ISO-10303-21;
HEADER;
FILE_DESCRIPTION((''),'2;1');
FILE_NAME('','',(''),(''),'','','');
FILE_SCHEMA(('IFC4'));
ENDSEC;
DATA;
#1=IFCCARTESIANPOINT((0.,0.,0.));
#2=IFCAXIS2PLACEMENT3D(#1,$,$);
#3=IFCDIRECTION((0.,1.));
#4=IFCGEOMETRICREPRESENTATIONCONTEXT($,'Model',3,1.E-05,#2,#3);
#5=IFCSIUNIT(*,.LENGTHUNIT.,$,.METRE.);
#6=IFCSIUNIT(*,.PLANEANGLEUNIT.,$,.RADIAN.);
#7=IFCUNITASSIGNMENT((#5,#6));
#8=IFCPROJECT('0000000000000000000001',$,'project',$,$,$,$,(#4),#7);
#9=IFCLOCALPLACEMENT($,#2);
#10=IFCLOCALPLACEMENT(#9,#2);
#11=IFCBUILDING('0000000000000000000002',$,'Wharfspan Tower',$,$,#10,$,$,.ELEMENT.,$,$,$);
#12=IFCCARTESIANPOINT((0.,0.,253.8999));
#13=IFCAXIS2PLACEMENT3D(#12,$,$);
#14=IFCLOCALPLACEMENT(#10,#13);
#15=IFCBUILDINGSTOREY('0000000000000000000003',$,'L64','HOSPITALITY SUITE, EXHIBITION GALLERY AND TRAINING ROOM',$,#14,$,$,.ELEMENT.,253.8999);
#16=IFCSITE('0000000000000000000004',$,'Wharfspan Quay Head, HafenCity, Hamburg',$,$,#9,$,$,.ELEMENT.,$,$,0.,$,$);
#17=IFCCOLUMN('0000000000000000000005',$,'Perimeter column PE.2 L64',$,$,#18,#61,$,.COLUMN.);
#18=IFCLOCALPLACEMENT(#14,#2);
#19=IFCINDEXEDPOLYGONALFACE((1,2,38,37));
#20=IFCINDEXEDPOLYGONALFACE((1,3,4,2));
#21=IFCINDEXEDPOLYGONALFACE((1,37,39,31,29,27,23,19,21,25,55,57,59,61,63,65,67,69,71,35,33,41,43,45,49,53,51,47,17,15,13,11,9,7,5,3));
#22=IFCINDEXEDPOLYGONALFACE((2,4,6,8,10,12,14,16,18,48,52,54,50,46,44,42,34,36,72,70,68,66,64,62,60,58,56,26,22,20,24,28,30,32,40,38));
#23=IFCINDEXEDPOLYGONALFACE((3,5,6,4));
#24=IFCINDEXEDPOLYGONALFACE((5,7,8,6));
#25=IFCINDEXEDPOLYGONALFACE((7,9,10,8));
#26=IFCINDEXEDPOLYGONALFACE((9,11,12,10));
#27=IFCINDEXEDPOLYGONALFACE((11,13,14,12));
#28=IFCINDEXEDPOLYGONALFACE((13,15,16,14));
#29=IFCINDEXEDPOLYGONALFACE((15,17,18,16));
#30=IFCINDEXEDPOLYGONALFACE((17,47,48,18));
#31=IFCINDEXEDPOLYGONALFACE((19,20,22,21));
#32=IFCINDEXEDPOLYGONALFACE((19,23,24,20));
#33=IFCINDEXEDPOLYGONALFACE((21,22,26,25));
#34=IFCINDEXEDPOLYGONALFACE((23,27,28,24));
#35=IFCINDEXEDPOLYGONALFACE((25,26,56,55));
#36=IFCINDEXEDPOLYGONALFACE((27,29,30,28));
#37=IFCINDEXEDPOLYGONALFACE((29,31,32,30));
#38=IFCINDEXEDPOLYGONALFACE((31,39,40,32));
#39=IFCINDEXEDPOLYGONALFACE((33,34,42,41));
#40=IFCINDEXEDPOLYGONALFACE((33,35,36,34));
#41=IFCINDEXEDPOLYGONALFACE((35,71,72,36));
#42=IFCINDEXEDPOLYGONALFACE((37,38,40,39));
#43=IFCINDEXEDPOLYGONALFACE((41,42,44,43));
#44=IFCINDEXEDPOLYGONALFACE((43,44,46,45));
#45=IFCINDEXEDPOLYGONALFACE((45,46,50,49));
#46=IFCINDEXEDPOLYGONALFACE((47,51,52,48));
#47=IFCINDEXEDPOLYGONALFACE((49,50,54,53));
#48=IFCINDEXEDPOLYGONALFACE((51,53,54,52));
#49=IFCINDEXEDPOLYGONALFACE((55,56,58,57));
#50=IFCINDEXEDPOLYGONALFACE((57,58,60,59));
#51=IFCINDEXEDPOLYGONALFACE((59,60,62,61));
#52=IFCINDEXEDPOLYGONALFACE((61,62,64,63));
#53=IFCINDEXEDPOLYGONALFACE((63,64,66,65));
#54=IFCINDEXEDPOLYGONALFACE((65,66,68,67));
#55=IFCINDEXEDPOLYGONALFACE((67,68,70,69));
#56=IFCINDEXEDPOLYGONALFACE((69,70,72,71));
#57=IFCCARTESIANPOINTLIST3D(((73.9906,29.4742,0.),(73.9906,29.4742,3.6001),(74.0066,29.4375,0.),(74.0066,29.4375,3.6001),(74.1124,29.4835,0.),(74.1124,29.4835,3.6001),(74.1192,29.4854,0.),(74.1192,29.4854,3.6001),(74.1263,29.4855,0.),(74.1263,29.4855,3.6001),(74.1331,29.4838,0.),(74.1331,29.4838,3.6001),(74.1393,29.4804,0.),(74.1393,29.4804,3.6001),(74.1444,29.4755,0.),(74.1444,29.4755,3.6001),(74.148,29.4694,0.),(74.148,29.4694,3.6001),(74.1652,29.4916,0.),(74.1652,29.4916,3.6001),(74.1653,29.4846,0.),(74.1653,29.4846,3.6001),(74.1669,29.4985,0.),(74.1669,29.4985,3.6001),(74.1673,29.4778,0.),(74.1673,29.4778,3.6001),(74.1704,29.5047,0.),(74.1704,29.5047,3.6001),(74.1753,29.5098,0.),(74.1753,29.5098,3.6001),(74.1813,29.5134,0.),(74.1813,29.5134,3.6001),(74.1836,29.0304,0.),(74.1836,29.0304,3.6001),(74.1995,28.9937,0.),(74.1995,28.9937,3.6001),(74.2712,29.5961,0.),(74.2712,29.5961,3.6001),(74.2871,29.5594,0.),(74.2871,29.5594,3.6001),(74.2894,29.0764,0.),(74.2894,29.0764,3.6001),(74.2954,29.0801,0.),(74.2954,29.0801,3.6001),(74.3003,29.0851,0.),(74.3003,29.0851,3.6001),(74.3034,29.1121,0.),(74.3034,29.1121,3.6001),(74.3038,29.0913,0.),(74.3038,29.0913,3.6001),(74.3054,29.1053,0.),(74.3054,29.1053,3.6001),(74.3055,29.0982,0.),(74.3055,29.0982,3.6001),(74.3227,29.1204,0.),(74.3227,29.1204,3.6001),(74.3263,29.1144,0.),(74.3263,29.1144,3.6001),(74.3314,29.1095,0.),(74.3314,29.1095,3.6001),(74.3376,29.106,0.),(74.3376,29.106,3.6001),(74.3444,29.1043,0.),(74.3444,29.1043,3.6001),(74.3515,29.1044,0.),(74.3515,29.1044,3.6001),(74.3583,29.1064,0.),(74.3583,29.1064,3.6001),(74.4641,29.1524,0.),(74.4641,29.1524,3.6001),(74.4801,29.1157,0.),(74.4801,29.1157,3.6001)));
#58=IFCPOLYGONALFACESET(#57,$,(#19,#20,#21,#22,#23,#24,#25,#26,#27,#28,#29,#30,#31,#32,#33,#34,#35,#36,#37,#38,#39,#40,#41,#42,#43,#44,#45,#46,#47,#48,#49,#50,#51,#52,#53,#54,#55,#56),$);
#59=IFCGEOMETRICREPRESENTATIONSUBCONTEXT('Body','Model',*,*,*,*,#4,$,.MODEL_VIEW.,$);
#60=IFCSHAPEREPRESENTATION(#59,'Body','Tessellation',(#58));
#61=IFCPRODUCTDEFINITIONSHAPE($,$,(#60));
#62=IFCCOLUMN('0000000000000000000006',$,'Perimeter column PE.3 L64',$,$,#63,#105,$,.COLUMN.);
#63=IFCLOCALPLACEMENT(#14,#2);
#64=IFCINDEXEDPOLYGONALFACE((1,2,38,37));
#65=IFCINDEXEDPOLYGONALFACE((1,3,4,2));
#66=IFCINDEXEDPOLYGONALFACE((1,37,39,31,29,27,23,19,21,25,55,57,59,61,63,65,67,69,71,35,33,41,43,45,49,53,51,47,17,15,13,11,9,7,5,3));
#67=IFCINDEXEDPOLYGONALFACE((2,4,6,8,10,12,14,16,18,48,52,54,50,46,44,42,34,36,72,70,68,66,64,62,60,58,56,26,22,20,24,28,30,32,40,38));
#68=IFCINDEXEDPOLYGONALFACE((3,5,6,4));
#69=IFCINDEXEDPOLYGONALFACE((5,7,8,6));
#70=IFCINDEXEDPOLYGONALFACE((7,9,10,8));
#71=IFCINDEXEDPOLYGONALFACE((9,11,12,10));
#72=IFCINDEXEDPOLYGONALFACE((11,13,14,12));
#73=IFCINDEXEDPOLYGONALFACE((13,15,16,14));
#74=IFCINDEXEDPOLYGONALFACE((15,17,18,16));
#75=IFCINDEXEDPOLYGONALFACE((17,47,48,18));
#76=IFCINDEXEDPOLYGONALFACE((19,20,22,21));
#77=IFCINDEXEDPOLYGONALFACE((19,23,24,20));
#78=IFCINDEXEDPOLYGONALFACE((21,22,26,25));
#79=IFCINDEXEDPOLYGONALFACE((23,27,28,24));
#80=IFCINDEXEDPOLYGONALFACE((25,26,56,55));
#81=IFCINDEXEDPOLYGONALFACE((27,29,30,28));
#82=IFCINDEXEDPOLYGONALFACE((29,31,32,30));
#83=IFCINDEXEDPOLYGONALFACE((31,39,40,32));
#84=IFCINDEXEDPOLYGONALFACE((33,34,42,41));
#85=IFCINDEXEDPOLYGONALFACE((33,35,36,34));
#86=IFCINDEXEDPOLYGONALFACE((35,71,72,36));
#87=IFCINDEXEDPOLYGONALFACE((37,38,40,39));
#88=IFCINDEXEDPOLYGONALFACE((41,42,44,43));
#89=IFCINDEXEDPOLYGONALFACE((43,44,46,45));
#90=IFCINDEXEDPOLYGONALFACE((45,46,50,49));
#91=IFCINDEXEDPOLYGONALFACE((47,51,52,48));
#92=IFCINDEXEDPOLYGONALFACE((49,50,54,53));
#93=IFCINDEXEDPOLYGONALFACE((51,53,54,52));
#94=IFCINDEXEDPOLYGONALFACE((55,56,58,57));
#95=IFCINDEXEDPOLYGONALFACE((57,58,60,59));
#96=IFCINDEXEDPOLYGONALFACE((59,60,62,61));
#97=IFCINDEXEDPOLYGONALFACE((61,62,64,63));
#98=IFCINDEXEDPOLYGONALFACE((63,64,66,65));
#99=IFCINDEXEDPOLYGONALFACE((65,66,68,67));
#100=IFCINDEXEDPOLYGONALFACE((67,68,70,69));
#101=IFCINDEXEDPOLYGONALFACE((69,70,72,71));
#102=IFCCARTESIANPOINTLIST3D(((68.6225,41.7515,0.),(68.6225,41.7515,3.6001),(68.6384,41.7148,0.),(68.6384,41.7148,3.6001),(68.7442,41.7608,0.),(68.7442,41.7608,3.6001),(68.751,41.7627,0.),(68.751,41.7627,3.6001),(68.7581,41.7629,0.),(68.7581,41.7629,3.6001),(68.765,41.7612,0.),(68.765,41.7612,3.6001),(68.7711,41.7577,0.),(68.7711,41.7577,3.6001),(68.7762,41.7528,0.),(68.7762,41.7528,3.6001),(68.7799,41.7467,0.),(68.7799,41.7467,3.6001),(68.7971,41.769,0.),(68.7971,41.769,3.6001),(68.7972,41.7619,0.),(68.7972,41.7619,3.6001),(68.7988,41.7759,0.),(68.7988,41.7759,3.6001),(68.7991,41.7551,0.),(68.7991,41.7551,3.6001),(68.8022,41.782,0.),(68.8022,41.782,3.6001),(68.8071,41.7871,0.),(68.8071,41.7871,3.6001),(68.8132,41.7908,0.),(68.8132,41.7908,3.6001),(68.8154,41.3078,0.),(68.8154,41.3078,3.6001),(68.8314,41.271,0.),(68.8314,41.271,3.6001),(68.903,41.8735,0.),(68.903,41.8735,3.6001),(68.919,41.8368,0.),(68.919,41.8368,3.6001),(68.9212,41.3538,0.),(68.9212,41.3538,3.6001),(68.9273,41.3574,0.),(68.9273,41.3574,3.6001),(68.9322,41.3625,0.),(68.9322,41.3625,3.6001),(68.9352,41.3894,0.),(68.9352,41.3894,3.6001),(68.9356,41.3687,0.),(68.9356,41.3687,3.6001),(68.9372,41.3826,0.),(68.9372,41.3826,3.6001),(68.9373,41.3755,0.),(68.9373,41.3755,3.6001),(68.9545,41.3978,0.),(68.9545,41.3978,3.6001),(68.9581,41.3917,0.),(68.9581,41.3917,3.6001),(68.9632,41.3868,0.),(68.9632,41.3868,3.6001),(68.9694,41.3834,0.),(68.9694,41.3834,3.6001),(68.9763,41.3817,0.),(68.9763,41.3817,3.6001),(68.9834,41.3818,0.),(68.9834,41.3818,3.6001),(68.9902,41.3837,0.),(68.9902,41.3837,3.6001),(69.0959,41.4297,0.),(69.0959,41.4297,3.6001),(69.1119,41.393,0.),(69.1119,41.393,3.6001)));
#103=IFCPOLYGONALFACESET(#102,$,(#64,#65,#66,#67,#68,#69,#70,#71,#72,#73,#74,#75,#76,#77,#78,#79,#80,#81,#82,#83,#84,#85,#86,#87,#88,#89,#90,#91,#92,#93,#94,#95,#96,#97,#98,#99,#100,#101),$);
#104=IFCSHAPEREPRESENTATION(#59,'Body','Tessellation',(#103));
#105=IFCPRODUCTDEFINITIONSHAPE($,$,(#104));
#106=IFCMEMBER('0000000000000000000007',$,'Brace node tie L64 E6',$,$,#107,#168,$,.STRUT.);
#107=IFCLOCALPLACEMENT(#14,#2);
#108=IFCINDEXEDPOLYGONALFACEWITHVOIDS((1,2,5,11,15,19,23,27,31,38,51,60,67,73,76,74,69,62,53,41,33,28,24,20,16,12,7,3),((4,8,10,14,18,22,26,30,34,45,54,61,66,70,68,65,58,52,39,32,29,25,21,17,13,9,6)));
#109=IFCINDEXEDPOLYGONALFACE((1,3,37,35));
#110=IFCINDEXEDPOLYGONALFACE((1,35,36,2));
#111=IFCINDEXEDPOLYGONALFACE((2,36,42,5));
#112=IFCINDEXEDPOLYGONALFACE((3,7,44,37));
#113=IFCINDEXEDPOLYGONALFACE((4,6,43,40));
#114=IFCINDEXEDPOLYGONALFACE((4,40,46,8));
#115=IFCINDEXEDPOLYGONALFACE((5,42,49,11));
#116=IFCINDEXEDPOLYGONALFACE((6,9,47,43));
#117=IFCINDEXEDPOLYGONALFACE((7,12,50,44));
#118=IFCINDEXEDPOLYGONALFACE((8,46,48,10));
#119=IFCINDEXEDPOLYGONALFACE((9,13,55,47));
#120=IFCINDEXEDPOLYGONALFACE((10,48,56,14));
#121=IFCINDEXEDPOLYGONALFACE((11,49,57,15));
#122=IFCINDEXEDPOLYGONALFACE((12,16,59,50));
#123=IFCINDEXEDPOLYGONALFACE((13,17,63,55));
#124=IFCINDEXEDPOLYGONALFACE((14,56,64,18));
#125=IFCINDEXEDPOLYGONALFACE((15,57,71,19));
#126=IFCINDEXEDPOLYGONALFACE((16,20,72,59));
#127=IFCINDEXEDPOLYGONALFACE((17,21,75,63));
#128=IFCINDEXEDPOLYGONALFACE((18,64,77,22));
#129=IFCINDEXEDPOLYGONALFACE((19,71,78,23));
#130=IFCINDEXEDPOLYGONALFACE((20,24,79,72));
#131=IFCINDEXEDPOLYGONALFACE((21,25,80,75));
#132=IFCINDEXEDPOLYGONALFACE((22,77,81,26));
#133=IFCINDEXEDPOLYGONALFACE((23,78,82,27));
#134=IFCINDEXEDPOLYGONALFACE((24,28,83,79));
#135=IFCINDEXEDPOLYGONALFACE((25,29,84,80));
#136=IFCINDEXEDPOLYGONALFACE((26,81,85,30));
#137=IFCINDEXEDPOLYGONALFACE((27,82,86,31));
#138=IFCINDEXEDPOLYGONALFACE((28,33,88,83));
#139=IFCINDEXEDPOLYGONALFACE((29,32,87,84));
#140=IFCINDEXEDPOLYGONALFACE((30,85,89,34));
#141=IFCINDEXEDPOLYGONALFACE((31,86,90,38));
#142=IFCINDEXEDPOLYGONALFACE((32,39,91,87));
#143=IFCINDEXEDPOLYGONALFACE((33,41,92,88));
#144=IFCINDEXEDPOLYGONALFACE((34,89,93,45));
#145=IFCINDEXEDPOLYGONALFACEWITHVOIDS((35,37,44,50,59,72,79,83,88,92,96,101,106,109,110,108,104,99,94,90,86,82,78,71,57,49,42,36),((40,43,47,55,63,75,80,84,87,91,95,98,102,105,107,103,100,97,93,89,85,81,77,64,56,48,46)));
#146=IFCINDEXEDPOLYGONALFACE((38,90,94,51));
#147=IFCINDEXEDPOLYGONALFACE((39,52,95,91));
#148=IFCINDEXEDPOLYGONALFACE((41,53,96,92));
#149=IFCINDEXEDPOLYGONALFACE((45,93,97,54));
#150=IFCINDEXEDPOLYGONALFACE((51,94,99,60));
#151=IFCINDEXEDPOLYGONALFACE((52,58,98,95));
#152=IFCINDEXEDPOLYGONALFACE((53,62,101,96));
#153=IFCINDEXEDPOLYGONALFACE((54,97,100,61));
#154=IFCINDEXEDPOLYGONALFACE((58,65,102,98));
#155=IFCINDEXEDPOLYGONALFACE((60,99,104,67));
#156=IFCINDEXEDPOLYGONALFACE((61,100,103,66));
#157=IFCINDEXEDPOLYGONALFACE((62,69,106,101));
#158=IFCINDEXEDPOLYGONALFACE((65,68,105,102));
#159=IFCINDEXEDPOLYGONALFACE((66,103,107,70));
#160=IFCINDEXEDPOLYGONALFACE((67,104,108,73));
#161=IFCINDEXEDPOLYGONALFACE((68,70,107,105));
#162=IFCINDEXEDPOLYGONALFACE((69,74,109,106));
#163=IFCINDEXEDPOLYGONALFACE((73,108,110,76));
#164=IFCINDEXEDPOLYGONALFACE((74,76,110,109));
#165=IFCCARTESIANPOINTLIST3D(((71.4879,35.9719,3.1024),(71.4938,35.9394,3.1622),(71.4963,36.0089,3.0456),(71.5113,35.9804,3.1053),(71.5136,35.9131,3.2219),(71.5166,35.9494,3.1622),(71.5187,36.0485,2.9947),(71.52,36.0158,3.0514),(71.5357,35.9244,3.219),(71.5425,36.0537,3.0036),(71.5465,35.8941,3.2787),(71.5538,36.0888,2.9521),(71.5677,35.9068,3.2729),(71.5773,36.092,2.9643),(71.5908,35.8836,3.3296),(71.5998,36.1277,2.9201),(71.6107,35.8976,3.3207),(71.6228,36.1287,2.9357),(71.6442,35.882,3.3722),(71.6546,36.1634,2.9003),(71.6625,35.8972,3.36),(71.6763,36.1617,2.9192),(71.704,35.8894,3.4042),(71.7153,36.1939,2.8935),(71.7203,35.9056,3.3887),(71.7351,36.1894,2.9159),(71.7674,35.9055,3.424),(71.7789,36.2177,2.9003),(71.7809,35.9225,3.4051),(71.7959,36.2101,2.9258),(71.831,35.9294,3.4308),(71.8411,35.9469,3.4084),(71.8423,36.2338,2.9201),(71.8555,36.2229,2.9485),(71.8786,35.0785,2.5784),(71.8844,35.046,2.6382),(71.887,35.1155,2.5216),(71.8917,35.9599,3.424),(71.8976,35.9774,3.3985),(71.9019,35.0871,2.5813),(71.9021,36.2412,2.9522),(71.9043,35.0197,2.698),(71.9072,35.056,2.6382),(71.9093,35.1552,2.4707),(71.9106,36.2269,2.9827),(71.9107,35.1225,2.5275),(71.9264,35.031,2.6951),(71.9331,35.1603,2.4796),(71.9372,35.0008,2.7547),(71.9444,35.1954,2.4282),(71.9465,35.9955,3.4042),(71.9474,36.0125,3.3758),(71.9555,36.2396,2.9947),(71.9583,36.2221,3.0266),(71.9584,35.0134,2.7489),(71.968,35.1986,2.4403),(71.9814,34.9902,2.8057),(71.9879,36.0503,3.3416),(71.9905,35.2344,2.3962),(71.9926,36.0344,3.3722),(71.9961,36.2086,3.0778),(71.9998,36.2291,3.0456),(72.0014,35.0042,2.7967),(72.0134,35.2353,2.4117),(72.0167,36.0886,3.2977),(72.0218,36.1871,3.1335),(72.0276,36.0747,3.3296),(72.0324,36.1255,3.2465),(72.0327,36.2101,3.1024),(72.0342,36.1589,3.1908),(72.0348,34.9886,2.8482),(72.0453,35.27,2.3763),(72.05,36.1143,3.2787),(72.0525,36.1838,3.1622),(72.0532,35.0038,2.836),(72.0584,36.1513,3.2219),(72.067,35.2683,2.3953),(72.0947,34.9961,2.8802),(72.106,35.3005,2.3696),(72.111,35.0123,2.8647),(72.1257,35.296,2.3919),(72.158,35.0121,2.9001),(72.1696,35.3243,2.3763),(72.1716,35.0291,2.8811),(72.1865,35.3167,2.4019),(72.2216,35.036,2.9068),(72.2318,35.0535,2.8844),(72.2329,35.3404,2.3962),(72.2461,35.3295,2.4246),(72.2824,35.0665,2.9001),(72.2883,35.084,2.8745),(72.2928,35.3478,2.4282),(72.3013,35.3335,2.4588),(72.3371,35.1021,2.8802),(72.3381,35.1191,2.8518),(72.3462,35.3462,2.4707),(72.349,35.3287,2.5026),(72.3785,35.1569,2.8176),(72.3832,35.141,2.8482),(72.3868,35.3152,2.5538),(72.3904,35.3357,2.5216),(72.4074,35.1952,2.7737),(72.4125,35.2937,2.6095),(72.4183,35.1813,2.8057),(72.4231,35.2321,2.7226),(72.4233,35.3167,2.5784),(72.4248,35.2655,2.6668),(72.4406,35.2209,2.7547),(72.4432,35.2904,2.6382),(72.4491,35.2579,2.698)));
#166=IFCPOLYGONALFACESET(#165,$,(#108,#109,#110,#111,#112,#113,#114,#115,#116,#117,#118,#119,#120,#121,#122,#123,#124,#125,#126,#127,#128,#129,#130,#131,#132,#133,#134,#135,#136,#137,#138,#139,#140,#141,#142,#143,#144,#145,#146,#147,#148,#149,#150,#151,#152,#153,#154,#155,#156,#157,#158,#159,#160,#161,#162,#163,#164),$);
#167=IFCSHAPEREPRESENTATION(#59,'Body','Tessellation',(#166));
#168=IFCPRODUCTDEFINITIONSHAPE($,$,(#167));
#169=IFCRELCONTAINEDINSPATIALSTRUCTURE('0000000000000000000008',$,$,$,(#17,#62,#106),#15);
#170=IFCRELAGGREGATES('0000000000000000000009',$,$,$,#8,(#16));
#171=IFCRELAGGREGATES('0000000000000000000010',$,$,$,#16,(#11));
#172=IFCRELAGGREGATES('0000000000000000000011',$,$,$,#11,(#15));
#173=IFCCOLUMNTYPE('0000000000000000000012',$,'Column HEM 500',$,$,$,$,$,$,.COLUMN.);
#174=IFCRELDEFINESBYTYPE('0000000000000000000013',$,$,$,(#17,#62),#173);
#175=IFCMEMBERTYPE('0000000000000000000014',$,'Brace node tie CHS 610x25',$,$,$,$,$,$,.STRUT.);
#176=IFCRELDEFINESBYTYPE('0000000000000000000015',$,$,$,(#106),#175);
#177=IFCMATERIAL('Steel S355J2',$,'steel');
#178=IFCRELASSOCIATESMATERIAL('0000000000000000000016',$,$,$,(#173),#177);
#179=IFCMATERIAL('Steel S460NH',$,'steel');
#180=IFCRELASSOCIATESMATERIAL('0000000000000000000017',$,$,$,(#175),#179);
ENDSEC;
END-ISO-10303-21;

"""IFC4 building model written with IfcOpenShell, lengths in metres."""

from ifc_helpers import new_model, si_unit, direction, frame, origin, origin_2d, place, context, subcontext, project, spatial, hollow_circle, i_section, extrude, material, material_profile, profile_set, type_object, element, save


model = new_model("IFC4")

# Units and contexts
model_context = context("Model", 3, precision=1e-05, world=origin(), true_north=direction((0.0, 1.0)))
body_context = subcontext(model_context, "Body", "Model", "MODEL_VIEW")
ifc_project = project(units=[si_unit("LENGTHUNIT", "METRE"), si_unit("PLANEANGLEUNIT", "RADIAN")], contexts=[model_context])

# Site, building, storey
site_placement = place(None, origin())
site = spatial("IfcSite", under=ifc_project, at=site_placement, Name="Wharfspan Quay Head, HafenCity, Hamburg", CompositionType="ELEMENT", RefElevation=0.0)
building_placement = place(site_placement, origin())
building = spatial("IfcBuilding", under=site, at=building_placement, Name="Wharfspan Tower", CompositionType="ELEMENT")
storey_placement = place(building_placement, frame((0.0, 0.0, 253.8999)))
storey = spatial("IfcBuildingStorey", under=building, at=storey_placement, Name="L64", Description="HOSPITALITY SUITE, EXHIBITION GALLERY AND TRAINING ROOM", CompositionType="ELEMENT", Elevation=253.8999)

# Columns
ifc_material_1 = material(Name="Steel S355J2", Category="steel")
ifc_material_profile_1 = material_profile(ifc_material_1, i_section(OverallWidth=0.3059, OverallDepth=0.5239, WebThickness=0.021, FlangeThickness=0.04, FilletRadius=0.0271, at=origin_2d()))
ifc_profile_set_1 = profile_set([ifc_material_profile_1], Name="Steel S355J2")
column_type = type_object("IfcColumnType", Name="Column HEM 500", PredefinedType="COLUMN", material=ifc_profile_set_1)
for number, where, z_axis, x_axis, name in (
    (1, (74.2354, 29.2949, 0.0), (0.0, 0.0, 1.0), (0.917072, 0.398727, 0.0), "Perimeter column PE.2 L64"),
    (2, (68.8672, 41.5723, 0.0), (0.0, 0.0, 1.0), (0.917072, 0.398727, 0.0), "Perimeter column PE.3 L64"),
):
    element("IfcColumn", number, at=place(storey_placement, frame(where, z_axis=z_axis, x_axis=x_axis)), inside=storey, type_object=column_type, Name=name, PredefinedType="COLUMN", context=body_context, shape_type="SweptSolid", body=[
        extrude(i_section(OverallWidth=0.3059, OverallDepth=0.5239, WebThickness=0.021, FlangeThickness=0.04, FilletRadius=0.0271, at=origin_2d()), origin(), (0.0, 0.0, 1.0), 3.6001),
    ])

# Member
ifc_material_2 = material(Name="Steel S460NH", Category="steel")
ifc_material_profile_2 = material_profile(ifc_material_2, hollow_circle(Radius=0.3049, WallThickness=0.0249, at=origin_2d()))
ifc_profile_set_2 = profile_set([ifc_material_profile_2], Name="Steel S460NH")
member_type_1 = type_object("IfcMemberType", Name="Brace node tie CHS 610x25", PredefinedType="STRUT", material=ifc_profile_set_2)
member_1_placement = place(storey_placement, frame((72.1638, 35.1682, 2.6382), z_axis=(-0.35292, 0.807084, 0.473354), x_axis=(-0.916236, -0.400648, -0.000003)))
element("IfcMember", 3, at=member_1_placement, inside=storey, type_object=member_type_1, Name="Brace node tie L64 E6", PredefinedType="STRUT", context=body_context, shape_type="SweptSolid", body=[
    extrude(hollow_circle(Radius=0.3049, WallThickness=0.0249, at=origin_2d()), origin(), (0.0, 0.0, 1.0), 1.1069),
])

save(model, "model.ifc")
